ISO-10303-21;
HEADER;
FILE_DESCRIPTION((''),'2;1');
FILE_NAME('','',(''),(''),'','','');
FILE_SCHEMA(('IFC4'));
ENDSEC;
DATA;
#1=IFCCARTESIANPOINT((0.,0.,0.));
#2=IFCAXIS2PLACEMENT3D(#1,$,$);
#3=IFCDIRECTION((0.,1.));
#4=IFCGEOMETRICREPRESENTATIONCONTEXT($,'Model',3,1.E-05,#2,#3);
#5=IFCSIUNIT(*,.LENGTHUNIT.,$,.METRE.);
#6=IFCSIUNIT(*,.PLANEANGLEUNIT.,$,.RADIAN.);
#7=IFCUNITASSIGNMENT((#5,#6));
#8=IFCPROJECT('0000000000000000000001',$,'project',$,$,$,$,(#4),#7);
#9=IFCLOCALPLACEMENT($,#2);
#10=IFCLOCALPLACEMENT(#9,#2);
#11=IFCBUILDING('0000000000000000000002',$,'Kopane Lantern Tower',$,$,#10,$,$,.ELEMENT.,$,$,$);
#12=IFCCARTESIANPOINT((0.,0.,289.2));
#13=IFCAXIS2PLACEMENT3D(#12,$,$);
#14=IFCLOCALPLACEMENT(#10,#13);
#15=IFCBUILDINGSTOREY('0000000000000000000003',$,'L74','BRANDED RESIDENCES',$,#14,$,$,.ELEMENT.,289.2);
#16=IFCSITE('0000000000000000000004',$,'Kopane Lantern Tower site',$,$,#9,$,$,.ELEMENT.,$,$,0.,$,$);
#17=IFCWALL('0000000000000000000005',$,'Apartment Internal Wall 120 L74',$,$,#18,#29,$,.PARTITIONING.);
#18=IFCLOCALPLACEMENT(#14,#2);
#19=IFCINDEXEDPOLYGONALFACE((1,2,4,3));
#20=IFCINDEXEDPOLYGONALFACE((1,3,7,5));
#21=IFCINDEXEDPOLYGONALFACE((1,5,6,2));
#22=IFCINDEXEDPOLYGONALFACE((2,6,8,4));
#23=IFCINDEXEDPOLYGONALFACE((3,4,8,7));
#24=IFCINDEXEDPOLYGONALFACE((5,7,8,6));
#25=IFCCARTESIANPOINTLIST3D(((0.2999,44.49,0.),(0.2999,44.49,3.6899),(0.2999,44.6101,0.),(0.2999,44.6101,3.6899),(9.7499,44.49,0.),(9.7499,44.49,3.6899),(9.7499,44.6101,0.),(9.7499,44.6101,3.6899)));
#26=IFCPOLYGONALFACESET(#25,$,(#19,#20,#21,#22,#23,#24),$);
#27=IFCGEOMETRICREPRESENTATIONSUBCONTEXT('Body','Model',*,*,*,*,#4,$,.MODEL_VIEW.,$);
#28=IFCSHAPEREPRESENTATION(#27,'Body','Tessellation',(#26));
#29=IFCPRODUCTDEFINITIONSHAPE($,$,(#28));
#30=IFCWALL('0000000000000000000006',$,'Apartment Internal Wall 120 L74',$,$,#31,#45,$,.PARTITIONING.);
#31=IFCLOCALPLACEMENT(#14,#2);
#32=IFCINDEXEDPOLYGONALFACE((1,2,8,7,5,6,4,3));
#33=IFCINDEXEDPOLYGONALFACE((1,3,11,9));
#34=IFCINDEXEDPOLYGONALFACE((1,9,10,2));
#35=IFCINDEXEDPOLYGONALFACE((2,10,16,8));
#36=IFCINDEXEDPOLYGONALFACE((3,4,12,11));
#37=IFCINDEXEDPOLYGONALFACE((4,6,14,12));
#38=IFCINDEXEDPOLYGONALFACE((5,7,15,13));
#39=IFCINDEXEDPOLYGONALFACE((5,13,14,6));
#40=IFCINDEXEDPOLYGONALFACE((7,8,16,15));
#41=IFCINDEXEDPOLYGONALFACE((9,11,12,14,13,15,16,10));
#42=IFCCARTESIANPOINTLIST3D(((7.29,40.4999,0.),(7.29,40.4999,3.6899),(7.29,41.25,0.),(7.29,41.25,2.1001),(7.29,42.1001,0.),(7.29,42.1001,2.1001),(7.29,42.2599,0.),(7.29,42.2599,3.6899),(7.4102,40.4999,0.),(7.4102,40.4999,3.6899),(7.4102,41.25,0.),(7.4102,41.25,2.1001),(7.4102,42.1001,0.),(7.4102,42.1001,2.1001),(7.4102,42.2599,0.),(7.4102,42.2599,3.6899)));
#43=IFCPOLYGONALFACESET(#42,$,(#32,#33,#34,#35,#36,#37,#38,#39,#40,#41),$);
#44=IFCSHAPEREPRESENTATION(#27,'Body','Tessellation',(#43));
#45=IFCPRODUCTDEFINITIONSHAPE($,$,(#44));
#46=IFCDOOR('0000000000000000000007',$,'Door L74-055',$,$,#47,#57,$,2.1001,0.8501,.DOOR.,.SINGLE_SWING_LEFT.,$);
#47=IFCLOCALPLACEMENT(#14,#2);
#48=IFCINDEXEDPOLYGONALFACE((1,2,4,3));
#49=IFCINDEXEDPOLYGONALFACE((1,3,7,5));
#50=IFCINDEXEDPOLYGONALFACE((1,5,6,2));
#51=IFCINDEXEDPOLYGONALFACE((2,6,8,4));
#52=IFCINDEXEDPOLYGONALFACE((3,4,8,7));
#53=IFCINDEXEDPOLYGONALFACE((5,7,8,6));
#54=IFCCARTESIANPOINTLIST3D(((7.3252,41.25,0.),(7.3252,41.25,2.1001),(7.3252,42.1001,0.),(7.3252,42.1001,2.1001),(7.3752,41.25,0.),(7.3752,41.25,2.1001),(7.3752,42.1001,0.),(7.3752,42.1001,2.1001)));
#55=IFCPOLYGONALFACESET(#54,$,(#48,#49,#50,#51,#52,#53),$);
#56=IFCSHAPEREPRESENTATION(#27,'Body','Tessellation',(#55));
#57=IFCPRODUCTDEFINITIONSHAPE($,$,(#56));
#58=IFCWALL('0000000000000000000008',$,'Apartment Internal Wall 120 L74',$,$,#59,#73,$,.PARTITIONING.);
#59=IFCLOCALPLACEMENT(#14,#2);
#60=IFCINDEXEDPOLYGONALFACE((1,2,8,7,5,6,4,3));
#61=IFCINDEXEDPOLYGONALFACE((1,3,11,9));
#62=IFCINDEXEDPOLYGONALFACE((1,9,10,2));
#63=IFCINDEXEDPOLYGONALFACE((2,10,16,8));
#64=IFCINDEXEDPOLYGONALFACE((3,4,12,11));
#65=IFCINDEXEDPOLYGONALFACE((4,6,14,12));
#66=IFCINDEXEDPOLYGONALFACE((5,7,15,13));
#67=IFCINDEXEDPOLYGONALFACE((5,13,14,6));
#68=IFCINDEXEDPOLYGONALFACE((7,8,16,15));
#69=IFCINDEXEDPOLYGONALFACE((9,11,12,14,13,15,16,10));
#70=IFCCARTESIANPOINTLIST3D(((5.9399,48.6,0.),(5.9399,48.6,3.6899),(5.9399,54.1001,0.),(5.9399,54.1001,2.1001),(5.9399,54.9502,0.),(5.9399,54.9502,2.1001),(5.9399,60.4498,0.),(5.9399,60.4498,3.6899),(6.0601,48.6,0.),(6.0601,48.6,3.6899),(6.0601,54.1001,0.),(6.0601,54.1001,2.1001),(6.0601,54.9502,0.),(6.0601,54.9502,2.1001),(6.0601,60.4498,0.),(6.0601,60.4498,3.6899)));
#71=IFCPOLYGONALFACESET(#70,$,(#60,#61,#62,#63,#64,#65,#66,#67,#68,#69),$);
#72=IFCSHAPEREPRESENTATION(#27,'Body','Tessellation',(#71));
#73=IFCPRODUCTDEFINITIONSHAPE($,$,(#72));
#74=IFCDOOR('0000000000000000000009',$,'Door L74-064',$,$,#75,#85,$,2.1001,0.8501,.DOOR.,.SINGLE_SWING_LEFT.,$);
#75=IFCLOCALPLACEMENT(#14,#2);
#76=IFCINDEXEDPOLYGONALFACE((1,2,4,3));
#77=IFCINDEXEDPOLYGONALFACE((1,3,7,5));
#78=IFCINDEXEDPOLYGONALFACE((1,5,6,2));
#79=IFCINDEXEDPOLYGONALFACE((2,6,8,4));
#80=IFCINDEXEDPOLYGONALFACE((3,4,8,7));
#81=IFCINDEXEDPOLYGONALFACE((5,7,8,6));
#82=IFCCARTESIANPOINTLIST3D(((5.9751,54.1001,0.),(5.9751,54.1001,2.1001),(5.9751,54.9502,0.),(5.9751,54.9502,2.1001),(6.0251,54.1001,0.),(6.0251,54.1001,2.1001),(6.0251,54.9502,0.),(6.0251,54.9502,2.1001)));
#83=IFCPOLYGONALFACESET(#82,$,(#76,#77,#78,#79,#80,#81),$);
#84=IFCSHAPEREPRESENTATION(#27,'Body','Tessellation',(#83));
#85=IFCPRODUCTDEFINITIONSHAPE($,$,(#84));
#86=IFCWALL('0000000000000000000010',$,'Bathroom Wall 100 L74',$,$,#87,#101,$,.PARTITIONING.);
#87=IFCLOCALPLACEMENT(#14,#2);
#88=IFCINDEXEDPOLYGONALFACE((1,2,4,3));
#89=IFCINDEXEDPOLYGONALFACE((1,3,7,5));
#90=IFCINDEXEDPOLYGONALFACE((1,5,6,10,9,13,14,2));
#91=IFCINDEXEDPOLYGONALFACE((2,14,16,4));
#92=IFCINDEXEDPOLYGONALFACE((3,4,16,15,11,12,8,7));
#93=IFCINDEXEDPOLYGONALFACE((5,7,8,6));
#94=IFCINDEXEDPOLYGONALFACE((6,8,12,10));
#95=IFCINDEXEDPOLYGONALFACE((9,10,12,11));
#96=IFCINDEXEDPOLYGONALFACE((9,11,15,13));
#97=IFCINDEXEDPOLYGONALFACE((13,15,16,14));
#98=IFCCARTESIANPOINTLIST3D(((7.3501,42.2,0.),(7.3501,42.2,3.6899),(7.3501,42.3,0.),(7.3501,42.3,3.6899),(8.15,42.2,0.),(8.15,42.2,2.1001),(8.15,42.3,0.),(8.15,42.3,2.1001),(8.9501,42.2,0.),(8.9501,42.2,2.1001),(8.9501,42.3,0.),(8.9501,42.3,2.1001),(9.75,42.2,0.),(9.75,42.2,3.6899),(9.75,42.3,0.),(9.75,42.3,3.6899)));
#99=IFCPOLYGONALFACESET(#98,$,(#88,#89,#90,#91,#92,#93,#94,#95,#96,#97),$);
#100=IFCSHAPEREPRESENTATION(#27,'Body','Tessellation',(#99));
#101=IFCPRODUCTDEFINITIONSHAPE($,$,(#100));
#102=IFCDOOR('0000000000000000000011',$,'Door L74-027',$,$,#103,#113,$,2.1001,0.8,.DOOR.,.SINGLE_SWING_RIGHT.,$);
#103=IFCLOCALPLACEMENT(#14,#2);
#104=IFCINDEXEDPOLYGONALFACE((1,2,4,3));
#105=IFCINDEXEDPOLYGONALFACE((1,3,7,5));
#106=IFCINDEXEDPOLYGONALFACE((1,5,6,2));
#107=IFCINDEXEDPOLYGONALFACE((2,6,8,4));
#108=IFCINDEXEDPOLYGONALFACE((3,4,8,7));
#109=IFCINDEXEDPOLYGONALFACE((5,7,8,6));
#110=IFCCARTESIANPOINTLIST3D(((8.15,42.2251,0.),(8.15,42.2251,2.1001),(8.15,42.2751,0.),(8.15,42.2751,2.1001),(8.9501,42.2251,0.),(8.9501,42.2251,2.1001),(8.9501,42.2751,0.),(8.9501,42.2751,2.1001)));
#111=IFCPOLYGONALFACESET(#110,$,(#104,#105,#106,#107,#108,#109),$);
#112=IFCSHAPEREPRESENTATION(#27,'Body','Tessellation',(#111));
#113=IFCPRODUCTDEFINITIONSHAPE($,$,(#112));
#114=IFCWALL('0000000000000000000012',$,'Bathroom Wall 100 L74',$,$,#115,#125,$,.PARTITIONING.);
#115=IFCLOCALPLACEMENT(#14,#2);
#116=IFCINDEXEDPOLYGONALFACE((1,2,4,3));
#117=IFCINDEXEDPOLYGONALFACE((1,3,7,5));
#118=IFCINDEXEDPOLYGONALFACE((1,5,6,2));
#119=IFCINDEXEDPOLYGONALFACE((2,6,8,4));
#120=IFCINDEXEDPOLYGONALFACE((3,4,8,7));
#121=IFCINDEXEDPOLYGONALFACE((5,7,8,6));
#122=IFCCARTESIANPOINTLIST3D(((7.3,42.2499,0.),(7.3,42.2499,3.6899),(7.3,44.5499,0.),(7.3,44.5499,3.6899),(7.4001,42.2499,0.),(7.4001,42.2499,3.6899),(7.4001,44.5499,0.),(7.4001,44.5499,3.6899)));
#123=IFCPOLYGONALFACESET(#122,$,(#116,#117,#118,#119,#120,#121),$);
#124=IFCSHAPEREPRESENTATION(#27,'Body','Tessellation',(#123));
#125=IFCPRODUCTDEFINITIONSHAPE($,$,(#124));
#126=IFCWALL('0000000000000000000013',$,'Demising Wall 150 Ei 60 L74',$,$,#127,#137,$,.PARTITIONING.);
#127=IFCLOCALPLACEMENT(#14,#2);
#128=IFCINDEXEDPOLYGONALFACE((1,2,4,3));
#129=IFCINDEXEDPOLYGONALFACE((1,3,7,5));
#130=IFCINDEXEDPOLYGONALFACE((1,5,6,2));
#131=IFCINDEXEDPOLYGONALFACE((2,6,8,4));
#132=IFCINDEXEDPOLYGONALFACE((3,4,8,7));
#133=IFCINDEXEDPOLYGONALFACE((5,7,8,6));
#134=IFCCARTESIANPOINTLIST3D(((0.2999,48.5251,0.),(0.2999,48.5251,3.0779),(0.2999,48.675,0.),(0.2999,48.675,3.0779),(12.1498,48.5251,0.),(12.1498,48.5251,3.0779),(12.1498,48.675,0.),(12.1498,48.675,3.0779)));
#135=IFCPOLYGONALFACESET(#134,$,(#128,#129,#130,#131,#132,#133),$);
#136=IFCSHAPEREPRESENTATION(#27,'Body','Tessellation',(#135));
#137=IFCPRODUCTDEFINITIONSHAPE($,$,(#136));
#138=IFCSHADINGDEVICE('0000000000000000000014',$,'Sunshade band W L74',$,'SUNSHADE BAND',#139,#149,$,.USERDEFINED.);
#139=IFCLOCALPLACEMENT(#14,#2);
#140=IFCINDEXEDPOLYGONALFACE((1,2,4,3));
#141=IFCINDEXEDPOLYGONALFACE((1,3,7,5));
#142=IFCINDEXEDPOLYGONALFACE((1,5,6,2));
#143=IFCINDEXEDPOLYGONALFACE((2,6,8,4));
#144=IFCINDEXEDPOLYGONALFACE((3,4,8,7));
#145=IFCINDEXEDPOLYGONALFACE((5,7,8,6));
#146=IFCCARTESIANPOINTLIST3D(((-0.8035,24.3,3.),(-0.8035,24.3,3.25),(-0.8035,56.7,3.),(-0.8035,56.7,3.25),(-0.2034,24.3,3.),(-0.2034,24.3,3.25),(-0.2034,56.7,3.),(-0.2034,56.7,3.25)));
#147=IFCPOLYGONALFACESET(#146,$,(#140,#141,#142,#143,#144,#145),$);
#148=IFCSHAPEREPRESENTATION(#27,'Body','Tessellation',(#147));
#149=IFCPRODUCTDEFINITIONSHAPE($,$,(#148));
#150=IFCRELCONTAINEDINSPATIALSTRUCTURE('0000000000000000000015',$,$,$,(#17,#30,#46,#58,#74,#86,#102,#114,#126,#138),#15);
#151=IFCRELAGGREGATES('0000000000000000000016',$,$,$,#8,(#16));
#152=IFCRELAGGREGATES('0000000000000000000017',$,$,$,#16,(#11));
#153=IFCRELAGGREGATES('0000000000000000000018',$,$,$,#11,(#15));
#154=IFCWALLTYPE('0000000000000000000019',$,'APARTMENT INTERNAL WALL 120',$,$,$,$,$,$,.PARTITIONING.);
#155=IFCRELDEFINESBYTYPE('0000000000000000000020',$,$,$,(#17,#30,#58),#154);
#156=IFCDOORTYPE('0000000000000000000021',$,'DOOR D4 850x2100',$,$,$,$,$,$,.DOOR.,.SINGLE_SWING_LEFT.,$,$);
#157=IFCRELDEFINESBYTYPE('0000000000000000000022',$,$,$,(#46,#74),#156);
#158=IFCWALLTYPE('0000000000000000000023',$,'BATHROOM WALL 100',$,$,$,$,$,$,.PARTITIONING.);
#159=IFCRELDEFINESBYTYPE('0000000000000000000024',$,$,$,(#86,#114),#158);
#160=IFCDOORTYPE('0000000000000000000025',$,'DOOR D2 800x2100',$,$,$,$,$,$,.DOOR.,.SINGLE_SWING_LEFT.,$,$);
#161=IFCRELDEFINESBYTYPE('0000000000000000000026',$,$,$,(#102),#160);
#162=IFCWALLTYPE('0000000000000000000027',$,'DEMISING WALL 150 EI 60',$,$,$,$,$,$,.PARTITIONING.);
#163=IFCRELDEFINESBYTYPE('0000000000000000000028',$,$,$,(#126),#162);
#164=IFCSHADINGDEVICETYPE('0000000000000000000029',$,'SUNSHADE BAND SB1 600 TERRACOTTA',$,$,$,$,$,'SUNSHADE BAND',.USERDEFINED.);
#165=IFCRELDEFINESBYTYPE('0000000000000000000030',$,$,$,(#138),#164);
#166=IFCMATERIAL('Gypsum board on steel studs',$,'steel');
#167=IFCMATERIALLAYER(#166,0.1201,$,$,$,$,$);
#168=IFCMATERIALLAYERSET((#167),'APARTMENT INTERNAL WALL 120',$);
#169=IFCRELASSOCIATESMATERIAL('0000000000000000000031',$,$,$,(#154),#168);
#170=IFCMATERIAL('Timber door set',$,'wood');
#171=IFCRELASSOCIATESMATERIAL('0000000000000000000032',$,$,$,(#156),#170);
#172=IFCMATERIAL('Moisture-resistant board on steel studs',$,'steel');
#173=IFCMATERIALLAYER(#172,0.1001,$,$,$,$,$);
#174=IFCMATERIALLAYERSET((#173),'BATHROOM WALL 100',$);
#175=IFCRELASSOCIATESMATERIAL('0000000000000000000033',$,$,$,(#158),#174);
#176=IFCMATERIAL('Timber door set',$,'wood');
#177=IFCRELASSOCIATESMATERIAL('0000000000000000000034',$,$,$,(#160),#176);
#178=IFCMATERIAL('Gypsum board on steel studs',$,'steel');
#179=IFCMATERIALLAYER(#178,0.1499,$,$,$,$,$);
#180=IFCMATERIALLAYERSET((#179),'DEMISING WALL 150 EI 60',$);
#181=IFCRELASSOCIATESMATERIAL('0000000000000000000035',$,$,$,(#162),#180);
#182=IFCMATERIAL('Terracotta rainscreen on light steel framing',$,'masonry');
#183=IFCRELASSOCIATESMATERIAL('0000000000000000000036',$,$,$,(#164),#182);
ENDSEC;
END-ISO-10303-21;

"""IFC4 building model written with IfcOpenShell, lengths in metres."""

from ifc_helpers import new_model, si_unit, direction, frame, frame_2d, origin, origin_2d, place, context, subcontext, project, spatial, rectangle, extrude, material, layer, layer_set, type_object, element, fill, save


model = new_model("IFC4")

# Units and contexts
model_context = context("Model", 3, precision=1e-05, world=origin(), true_north=direction((0.0, 1.0)))
body_context = subcontext(model_context, "Body", "Model", "MODEL_VIEW")
ifc_project = project(units=[si_unit("LENGTHUNIT", "METRE"), si_unit("PLANEANGLEUNIT", "RADIAN")], contexts=[model_context])

# Site, building, storey
site_placement = place(None, origin())
site = spatial("IfcSite", under=ifc_project, at=site_placement, Name="Kopane Lantern Tower site", CompositionType="ELEMENT", RefElevation=0.0)
building_placement = place(site_placement, origin())
building = spatial("IfcBuilding", under=site, at=building_placement, Name="Kopane Lantern Tower", CompositionType="ELEMENT")
storey_placement = place(building_placement, frame((0.0, 0.0, 289.2)))
storey = spatial("IfcBuildingStorey", under=building, at=storey_placement, Name="L74", Description="BRANDED RESIDENCES", CompositionType="ELEMENT", Elevation=289.2)

# Wall
ifc_material_1 = material(Name="Gypsum board on steel studs", Category="steel")
ifc_layer_1 = layer(ifc_material_1, 0.1201)
ifc_layer_set_1 = layer_set([ifc_layer_1], Name="APARTMENT INTERNAL WALL 120")
wall_type_1 = type_object("IfcWallType", Name="APARTMENT INTERNAL WALL 120", PredefinedType="PARTITIONING", material=ifc_layer_set_1)
wall_1_placement = place(storey_placement, frame((9.75, 44.55, 0.0), z_axis=(0.0, 0.0, 1.0), x_axis=(-1.0, 0.0, 0.0)))
element("IfcWall", 1, at=wall_1_placement, inside=storey, type_object=wall_type_1, Name="Apartment Internal Wall 120 L74", PredefinedType="PARTITIONING", context=body_context, shape_type="SweptSolid", body=[
    extrude(rectangle(XDim=9.45, YDim=0.1201, at=frame_2d((4.7251, 0.0))), origin(), (0.0, 0.0, 1.0), 3.6899),
])

# Walls, openings, doors
wall_2_placement = place(storey_placement, frame((7.3501, 40.5, 0.0), z_axis=(0.0, 0.0, 1.0), x_axis=(0.0, 1.0, 0.0)))
wall_2 = element("IfcWall", 2, at=wall_2_placement, inside=storey, type_object=wall_type_1, Name="Apartment Internal Wall 120 L74", PredefinedType="PARTITIONING", context=body_context, shape_type="SweptSolid", body=[
    extrude(rectangle(XDim=1.76, YDim=0.1201, at=frame_2d((0.8799, 0.0))), origin(), (0.0, 0.0, 1.0), 3.6899),
])
opening_1_placement = place(wall_2_placement, frame((0.75, 0.0, 0.0)))
opening_1 = element("IfcOpeningElement", 3, at=opening_1_placement, cuts=wall_2, PredefinedType="OPENING", context=body_context, shape_type="SweptSolid", body=[
    extrude(rectangle(XDim=0.8501, YDim=2.1001, at=frame_2d((0.425, 1.05))), frame((0.0, 0.0701, 0.0), z_axis=(0.0, -1.0, 0.0), x_axis=(1.0, 0.0, 0.0)), (0.0, 0.0, 1.0), 0.1401),
])
ifc_material_2 = material(Name="Timber door set", Category="wood")
door_type_1 = type_object("IfcDoorType", Name="DOOR D4 850x2100", OperationType="SINGLE_SWING_LEFT", PredefinedType="DOOR", material=ifc_material_2)
door_1_placement = place(opening_1_placement, origin())
door_1 = element("IfcDoor", 4, at=door_1_placement, inside=storey, type_object=door_type_1, Name="Door L74-055", OperationType="SINGLE_SWING_LEFT", OverallHeight=2.1001, OverallWidth=0.8501, PredefinedType="DOOR", context=body_context, shape_type="SweptSolid", body=[
    extrude(rectangle(XDim=0.8501, YDim=2.1001, at=frame_2d((0.425, 1.05))), frame((0.0, 0.0249, 0.0), z_axis=(0.0, -1.0, 0.0), x_axis=(1.0, 0.0, 0.0)), (0.0, 0.0, 1.0), 0.05),
])
fill(opening_1, door_1)
wall_3_placement = place(storey_placement, frame((6.0, 48.6001, 0.0), z_axis=(0.0, 0.0, 1.0), x_axis=(0.0, 1.0, 0.0)))
wall_3 = element("IfcWall", 5, at=wall_3_placement, inside=storey, type_object=wall_type_1, Name="Apartment Internal Wall 120 L74", PredefinedType="PARTITIONING", context=body_context, shape_type="SweptSolid", body=[
    extrude(rectangle(XDim=11.8499, YDim=0.1201, at=frame_2d((5.9248, 0.0))), origin(), (0.0, 0.0, 1.0), 3.6899),
])
opening_2_placement = place(wall_3_placement, frame((5.5, 0.0, 0.0)))
opening_2 = element("IfcOpeningElement", 6, at=opening_2_placement, cuts=wall_3, PredefinedType="OPENING", context=body_context, shape_type="SweptSolid", body=[
    extrude(rectangle(XDim=0.8501, YDim=2.1001, at=frame_2d((0.425, 1.05))), frame((0.0, 0.0701, 0.0), z_axis=(0.0, -1.0, 0.0), x_axis=(1.0, 0.0, 0.0)), (0.0, 0.0, 1.0), 0.1401),
])
door_2_placement = place(opening_2_placement, origin())
door_2 = element("IfcDoor", 7, at=door_2_placement, inside=storey, type_object=door_type_1, Name="Door L74-064", OperationType="SINGLE_SWING_LEFT", OverallHeight=2.1001, OverallWidth=0.8501, PredefinedType="DOOR", context=body_context, shape_type="SweptSolid", body=[
    extrude(rectangle(XDim=0.8501, YDim=2.1001, at=frame_2d((0.425, 1.05))), frame((0.0, 0.0249, 0.0), z_axis=(0.0, -1.0, 0.0), x_axis=(1.0, 0.0, 0.0)), (0.0, 0.0, 1.0), 0.05),
])
fill(opening_2, door_2)
ifc_material_3 = material(Name="Moisture-resistant board on steel studs", Category="steel")
ifc_layer_2 = layer(ifc_material_3, 0.1001)
ifc_layer_set_2 = layer_set([ifc_layer_2], Name="BATHROOM WALL 100")
wall_type_2 = type_object("IfcWallType", Name="BATHROOM WALL 100", PredefinedType="PARTITIONING", material=ifc_layer_set_2)
wall_4_placement = place(storey_placement, frame((9.75, 42.25, 0.0), z_axis=(0.0, 0.0, 1.0), x_axis=(-1.0, 0.0, 0.0)))
wall_4 = element("IfcWall", 8, at=wall_4_placement, inside=storey, type_object=wall_type_2, Name="Bathroom Wall 100 L74", PredefinedType="PARTITIONING", context=body_context, shape_type="SweptSolid", body=[
    extrude(rectangle(XDim=2.3999, YDim=0.1001, at=frame_2d((1.2, 0.0))), origin(), (0.0, 0.0, 1.0), 3.6899),
])
opening_3_placement = place(wall_4_placement, frame((0.8, 0.0, 0.0)))
opening_3 = element("IfcOpeningElement", 9, at=opening_3_placement, cuts=wall_4, PredefinedType="OPENING", context=body_context, shape_type="SweptSolid", body=[
    extrude(rectangle(XDim=0.8, YDim=2.1001, at=frame_2d((0.3999, 1.05))), frame((0.0, 0.0601, 0.0), z_axis=(0.0, -1.0, 0.0), x_axis=(1.0, 0.0, 0.0)), (0.0, 0.0, 1.0), 0.1201),
])
ifc_material_4 = material(Name="Timber door set", Category="wood")
door_type_2 = type_object("IfcDoorType", Name="DOOR D2 800x2100", OperationType="SINGLE_SWING_LEFT", PredefinedType="DOOR", material=ifc_material_4)
door_3_placement = place(opening_3_placement, origin())
door_3 = element("IfcDoor", 10, at=door_3_placement, inside=storey, type_object=door_type_2, Name="Door L74-027", OperationType="SINGLE_SWING_RIGHT", OverallHeight=2.1001, OverallWidth=0.8, PredefinedType="DOOR", context=body_context, shape_type="SweptSolid", body=[
    extrude(rectangle(XDim=0.8, YDim=2.1001, at=frame_2d((0.3999, 1.05))), frame((0.0, 0.0249, 0.0), z_axis=(0.0, -1.0, 0.0), x_axis=(1.0, 0.0, 0.0)), (0.0, 0.0, 1.0), 0.05),
])
fill(opening_3, door_3)

# Walls
wall_5_placement = place(storey_placement, frame((7.3501, 42.25, 0.0), z_axis=(0.0, 0.0, 1.0), x_axis=(0.0, 1.0, 0.0)))
element("IfcWall", 11, at=wall_5_placement, inside=storey, type_object=wall_type_2, Name="Bathroom Wall 100 L74", PredefinedType="PARTITIONING", context=body_context, shape_type="SweptSolid", body=[
    extrude(rectangle(XDim=2.3, YDim=0.1001, at=frame_2d((1.1499, 0.0))), origin(), (0.0, 0.0, 1.0), 3.6899),
])
ifc_material_5 = material(Name="Gypsum board on steel studs", Category="steel")
ifc_layer_3 = layer(ifc_material_5, 0.1499)
ifc_layer_set_3 = layer_set([ifc_layer_3], Name="DEMISING WALL 150 EI 60")
wall_type_3 = type_object("IfcWallType", Name="DEMISING WALL 150 EI 60", PredefinedType="PARTITIONING", material=ifc_layer_set_3)
wall_6_placement = place(storey_placement, frame((0.3, 48.6001, 0.0), z_axis=(0.0, 0.0, 1.0), x_axis=(1.0, 0.0, 0.0)))
element("IfcWall", 12, at=wall_6_placement, inside=storey, type_object=wall_type_3, Name="Demising Wall 150 Ei 60 L74", PredefinedType="PARTITIONING", context=body_context, shape_type="SweptSolid", body=[
    extrude(rectangle(XDim=11.8499, YDim=0.1499, at=frame_2d((5.9248, 0.0))), origin(), (0.0, 0.0, 1.0), 3.0779),
])

# Shading device
ifc_material_6 = material(Name="Terracotta rainscreen on light steel framing", Category="masonry")
shading_device_type = type_object("IfcShadingDeviceType", Name="SUNSHADE BAND SB1 600 TERRACOTTA", ElementType="SUNSHADE BAND", PredefinedType="USERDEFINED", material=ifc_material_6)
shading_device_placement = place(storey_placement, frame((-0.5034, 40.5, 3.0), z_axis=(0.0, 0.0, 1.0), x_axis=(0.0, -1.0, 0.0)))
element("IfcShadingDevice", 13, at=shading_device_placement, inside=storey, type_object=shading_device_type, Name="Sunshade band W L74", ObjectType="SUNSHADE BAND", PredefinedType="USERDEFINED", context=body_context, shape_type="SweptSolid", body=[
    extrude(rectangle(XDim=32.3999, YDim=0.6001, at=origin_2d()), origin(), (0.0, 0.0, 1.0), 0.25),
])

save(model, "model.ifc")
